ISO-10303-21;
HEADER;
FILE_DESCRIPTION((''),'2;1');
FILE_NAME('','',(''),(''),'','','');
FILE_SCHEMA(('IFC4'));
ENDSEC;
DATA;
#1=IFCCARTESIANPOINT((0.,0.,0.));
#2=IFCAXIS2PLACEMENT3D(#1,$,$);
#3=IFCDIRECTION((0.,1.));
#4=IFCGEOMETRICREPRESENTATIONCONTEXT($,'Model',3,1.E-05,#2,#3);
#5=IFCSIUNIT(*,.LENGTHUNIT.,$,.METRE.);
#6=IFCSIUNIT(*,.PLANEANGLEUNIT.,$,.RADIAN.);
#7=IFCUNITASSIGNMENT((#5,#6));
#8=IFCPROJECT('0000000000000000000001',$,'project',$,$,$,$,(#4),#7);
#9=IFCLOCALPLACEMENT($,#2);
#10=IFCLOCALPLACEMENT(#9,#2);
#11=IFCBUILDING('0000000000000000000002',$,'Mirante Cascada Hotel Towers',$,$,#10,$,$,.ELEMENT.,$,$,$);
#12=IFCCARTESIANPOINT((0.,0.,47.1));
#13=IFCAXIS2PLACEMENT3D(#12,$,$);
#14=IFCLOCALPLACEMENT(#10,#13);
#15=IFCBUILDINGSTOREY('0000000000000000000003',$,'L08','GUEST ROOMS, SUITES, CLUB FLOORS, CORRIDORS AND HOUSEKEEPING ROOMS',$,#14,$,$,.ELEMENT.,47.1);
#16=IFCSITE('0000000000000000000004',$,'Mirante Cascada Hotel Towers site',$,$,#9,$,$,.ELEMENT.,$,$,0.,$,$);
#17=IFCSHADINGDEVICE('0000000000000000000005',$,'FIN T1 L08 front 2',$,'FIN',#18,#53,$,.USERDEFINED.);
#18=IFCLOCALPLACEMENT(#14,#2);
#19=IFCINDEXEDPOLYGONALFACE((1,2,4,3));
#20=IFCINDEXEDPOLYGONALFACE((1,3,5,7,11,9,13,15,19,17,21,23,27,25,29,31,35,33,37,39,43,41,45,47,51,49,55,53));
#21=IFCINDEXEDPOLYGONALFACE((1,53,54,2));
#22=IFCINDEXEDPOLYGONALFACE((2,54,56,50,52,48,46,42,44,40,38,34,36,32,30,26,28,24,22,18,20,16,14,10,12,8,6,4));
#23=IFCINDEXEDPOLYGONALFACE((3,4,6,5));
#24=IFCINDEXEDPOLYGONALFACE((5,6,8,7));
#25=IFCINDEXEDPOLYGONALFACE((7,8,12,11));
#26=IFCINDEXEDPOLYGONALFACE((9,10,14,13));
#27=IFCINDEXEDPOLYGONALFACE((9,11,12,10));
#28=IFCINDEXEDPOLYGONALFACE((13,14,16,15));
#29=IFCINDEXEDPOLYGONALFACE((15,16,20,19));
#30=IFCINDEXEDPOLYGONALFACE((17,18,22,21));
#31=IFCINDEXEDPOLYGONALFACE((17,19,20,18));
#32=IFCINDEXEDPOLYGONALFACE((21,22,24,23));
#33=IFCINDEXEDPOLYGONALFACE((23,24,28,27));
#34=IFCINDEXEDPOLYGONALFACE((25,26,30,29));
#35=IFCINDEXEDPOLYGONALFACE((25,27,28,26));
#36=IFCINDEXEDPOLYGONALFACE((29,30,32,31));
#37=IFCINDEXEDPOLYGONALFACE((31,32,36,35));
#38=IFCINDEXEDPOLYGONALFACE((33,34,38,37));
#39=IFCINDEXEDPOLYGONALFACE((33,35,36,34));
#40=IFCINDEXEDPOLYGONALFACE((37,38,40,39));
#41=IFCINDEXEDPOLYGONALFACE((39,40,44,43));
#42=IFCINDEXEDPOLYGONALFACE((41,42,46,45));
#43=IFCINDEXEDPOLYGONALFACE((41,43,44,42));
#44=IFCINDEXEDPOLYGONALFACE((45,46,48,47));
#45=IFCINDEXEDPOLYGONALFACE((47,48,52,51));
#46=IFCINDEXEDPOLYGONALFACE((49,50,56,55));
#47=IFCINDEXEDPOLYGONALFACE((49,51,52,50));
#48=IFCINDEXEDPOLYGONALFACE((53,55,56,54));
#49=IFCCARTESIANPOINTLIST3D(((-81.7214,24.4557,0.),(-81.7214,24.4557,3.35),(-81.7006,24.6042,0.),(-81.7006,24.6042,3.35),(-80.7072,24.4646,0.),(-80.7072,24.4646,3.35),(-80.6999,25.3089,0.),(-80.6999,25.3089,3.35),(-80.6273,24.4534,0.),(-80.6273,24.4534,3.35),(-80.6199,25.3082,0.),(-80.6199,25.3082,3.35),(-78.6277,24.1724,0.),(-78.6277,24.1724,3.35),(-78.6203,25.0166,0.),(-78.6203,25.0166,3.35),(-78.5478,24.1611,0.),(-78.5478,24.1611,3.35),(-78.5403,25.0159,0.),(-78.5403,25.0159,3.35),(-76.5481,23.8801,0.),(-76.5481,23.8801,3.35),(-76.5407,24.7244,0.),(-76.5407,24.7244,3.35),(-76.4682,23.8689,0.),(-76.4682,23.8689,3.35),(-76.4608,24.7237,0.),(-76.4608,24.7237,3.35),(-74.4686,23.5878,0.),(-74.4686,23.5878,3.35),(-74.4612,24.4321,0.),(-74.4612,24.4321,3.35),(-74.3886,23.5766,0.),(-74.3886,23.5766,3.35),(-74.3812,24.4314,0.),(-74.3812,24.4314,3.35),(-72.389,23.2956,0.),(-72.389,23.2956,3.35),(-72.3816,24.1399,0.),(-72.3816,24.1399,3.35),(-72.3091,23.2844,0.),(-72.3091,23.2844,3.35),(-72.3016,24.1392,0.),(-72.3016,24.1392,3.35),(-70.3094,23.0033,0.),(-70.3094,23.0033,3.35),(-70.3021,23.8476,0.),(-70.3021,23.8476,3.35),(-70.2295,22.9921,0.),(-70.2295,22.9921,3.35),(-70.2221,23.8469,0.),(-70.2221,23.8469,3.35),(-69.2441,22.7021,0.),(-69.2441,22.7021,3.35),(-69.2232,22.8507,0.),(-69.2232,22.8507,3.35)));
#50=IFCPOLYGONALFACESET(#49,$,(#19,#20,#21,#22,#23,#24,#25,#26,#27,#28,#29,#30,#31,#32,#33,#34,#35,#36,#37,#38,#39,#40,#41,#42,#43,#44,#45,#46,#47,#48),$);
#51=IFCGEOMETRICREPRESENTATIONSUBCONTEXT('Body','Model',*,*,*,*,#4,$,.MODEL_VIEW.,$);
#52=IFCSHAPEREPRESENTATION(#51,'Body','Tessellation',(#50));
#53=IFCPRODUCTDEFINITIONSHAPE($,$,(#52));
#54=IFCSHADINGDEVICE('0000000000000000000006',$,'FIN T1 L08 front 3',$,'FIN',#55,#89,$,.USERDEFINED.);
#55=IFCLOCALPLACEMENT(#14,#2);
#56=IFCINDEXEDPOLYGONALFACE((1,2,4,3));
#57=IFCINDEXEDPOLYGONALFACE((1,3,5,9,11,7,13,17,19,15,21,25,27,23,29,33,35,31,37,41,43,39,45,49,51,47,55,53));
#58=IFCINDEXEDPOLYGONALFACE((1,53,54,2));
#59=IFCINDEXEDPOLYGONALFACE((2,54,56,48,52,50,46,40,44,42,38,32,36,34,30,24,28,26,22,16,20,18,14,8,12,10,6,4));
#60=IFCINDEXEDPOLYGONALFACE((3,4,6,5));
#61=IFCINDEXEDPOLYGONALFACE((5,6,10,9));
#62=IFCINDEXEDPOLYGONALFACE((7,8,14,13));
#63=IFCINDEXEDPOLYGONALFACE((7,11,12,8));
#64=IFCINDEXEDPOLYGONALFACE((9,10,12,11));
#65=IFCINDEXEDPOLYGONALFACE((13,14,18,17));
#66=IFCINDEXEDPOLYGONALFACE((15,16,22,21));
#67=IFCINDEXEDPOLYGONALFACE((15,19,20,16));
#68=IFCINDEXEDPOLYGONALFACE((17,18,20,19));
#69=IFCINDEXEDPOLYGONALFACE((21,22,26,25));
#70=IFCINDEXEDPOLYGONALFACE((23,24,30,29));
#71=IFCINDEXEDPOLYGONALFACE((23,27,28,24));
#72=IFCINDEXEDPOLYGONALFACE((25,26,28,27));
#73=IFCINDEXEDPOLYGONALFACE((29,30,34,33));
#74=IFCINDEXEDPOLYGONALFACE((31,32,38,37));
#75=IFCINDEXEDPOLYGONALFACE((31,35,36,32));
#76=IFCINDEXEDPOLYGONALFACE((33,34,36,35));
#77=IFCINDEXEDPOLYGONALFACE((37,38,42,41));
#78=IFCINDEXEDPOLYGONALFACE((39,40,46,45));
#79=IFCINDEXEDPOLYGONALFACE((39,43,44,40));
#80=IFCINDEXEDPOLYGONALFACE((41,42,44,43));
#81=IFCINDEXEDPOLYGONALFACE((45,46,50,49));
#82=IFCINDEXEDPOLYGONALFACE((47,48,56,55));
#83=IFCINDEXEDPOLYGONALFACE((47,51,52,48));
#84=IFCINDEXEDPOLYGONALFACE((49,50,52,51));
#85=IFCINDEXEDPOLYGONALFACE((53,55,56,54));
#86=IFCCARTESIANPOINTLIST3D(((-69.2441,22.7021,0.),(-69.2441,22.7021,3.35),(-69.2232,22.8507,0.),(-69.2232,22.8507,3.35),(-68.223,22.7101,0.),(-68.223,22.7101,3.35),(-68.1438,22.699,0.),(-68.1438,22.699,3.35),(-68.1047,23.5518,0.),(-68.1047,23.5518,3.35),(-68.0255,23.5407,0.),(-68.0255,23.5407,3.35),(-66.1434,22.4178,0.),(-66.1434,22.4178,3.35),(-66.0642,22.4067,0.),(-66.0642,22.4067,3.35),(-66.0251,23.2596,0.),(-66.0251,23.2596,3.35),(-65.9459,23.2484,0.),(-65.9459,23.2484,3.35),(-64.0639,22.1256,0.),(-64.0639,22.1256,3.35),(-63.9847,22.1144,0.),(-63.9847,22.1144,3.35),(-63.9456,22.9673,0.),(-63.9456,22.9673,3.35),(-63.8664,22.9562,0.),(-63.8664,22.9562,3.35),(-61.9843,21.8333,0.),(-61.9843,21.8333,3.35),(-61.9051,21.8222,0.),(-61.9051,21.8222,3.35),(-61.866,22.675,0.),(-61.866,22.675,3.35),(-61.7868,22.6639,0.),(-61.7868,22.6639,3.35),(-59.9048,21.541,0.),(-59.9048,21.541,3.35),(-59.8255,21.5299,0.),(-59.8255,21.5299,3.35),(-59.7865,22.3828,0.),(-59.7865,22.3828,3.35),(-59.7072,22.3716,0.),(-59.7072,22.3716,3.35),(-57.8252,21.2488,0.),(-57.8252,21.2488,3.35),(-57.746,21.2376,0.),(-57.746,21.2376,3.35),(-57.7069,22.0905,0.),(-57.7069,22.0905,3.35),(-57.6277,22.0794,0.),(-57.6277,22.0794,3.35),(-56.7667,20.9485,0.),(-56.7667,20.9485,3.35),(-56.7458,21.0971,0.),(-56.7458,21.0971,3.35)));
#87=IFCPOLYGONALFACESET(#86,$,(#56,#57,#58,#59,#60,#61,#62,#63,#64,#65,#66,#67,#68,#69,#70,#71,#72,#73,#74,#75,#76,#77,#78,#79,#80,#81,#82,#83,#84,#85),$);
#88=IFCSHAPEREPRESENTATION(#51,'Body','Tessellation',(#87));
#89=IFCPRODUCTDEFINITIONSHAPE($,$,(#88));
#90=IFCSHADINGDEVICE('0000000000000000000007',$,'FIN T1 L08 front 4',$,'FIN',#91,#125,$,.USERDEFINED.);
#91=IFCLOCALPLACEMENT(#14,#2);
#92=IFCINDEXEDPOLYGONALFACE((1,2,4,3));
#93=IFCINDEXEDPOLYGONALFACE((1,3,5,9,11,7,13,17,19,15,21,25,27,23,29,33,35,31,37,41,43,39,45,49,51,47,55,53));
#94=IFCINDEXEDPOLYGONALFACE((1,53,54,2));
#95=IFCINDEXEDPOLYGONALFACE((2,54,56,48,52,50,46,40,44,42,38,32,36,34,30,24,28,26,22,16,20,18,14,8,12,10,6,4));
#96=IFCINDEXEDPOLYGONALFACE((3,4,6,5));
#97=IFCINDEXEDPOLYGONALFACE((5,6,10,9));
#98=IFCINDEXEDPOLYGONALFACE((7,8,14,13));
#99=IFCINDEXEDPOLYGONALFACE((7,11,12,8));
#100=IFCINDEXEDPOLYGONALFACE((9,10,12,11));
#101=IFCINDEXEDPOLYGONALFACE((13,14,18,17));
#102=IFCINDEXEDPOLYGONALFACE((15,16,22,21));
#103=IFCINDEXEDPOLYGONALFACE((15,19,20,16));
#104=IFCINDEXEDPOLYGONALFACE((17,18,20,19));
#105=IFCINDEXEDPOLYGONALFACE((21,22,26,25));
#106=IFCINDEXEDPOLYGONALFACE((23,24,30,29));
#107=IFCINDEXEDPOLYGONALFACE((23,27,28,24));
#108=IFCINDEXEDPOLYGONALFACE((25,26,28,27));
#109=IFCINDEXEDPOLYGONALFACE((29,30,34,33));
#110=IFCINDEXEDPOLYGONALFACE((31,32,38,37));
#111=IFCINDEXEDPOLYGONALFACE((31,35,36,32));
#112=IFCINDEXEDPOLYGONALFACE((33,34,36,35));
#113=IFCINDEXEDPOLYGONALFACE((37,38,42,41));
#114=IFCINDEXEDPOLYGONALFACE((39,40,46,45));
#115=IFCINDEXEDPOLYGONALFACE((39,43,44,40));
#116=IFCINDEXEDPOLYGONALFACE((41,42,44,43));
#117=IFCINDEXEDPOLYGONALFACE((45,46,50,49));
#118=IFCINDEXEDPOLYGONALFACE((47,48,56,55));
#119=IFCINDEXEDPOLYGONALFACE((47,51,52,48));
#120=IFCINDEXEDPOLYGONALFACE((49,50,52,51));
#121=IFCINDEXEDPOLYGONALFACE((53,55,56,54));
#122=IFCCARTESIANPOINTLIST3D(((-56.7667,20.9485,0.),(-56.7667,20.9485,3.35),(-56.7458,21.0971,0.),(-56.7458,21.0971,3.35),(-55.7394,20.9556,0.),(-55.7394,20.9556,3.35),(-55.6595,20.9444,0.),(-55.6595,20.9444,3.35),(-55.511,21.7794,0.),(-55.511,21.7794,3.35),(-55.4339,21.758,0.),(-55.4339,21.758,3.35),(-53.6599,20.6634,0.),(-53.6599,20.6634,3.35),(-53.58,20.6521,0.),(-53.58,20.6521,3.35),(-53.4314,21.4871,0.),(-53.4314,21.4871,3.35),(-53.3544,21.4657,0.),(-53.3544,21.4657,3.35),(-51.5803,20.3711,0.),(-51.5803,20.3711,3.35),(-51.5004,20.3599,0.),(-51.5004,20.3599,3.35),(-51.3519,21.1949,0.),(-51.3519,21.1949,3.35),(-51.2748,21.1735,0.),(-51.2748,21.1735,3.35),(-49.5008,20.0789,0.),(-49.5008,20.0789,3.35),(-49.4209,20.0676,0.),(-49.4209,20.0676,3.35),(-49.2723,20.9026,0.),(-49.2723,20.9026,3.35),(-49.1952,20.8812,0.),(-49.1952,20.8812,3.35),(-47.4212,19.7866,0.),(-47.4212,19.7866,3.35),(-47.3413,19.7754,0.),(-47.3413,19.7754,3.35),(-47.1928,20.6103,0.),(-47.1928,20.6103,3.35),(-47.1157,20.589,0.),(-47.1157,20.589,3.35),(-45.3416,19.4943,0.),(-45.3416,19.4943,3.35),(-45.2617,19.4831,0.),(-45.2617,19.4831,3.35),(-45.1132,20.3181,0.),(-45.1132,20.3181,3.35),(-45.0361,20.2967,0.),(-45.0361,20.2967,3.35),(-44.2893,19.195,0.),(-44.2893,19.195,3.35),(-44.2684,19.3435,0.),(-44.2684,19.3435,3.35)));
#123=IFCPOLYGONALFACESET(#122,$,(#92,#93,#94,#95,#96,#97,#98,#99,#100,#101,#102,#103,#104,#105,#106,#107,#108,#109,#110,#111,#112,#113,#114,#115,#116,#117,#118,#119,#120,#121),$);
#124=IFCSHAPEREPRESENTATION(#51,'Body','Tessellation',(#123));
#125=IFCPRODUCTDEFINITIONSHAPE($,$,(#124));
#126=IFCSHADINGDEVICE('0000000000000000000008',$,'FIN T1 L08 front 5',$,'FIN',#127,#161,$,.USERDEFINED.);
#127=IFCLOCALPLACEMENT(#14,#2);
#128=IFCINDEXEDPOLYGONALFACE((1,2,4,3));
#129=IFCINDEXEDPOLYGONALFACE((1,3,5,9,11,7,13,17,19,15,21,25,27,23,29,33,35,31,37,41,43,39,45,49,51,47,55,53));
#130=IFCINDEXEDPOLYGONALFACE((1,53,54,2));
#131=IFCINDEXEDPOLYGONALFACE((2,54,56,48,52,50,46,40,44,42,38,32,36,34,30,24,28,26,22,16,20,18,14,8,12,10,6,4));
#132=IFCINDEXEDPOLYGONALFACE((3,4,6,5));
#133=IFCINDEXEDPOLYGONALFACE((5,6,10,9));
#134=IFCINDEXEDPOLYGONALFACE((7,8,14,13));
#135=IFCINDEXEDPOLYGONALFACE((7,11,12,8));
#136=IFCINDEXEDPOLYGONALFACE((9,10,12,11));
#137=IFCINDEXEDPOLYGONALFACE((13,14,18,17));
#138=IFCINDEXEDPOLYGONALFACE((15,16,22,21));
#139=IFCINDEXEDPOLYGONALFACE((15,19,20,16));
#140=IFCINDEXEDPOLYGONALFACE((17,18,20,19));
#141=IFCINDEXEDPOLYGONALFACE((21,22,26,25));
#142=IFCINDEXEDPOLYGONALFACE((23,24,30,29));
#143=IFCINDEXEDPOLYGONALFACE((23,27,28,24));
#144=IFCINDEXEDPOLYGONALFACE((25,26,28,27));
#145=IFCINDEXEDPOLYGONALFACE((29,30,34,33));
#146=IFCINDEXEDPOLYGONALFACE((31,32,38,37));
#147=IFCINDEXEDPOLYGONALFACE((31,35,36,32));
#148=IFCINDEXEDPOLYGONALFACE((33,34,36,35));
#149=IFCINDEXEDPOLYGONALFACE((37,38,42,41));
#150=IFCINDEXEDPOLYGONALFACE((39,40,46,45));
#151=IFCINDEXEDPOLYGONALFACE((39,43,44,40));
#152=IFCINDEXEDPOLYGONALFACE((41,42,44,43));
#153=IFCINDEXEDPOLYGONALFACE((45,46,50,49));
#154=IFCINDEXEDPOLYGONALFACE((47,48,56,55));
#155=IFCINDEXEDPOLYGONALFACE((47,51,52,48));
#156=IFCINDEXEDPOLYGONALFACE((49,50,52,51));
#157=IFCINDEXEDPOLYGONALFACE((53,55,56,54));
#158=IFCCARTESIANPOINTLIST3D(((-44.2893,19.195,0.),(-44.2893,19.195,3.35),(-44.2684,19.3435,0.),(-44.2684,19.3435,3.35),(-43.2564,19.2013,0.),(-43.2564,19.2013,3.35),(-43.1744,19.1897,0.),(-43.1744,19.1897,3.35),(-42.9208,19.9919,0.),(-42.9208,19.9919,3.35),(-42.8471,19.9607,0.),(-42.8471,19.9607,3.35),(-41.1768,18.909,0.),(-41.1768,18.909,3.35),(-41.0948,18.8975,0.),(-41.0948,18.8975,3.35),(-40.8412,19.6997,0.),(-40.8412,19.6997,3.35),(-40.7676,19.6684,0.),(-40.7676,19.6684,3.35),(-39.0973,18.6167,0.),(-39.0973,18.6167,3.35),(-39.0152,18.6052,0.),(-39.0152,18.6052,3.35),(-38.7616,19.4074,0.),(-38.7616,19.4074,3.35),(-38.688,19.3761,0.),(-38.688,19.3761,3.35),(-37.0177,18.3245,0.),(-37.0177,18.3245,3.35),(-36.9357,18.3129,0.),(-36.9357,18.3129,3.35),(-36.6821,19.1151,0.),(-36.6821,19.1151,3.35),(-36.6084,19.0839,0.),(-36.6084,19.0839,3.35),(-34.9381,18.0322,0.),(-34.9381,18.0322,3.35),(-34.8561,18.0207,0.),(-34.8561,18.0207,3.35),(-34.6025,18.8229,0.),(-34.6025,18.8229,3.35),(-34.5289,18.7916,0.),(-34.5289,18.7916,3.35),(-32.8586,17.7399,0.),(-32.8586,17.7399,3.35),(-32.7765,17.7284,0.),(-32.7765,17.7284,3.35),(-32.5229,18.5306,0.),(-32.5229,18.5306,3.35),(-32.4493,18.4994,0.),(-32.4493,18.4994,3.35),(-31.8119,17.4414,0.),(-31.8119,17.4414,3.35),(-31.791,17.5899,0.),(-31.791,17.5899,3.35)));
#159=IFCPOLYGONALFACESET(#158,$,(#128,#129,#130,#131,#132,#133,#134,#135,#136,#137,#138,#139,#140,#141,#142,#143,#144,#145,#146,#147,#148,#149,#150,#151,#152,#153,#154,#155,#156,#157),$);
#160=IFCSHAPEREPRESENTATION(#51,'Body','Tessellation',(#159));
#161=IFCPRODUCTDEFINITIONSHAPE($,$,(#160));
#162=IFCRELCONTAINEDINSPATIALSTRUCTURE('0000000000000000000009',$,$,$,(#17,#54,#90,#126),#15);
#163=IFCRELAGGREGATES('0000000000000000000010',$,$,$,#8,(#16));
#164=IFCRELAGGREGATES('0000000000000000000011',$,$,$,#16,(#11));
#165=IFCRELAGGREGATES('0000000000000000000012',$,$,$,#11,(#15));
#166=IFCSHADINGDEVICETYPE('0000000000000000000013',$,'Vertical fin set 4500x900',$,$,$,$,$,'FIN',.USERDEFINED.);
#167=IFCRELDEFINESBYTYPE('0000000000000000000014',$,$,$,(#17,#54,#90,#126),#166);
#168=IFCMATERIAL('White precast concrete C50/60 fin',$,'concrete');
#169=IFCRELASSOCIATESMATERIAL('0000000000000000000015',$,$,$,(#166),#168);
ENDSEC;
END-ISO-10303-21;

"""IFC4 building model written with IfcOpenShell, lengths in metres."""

from ifc_helpers import new_model, si_unit, direction, frame, origin, place, context, subcontext, project, spatial, polyline, outline, extrude, material, type_object, element, save


model = new_model("IFC4")

# Units and contexts
model_context = context("Model", 3, precision=1e-05, world=origin(), true_north=direction((0.0, 1.0)))
body_context = subcontext(model_context, "Body", "Model", "MODEL_VIEW")
ifc_project = project(units=[si_unit("LENGTHUNIT", "METRE"), si_unit("PLANEANGLEUNIT", "RADIAN")], contexts=[model_context])

# Site, building, storey
site_placement = place(None, origin())
site = spatial("IfcSite", under=ifc_project, at=site_placement, Name="Mirante Cascada Hotel Towers site", CompositionType="ELEMENT", RefElevation=0.0)
building_placement = place(site_placement, origin())
building = spatial("IfcBuilding", under=site, at=building_placement, Name="Mirante Cascada Hotel Towers", CompositionType="ELEMENT")
storey_placement = place(building_placement, frame((0.0, 0.0, 47.1)))
storey = spatial("IfcBuildingStorey", under=building, at=storey_placement, Name="L08", Description="GUEST ROOMS, SUITES, CLUB FLOORS, CORRIDORS AND HOUSEKEEPING ROOMS", CompositionType="ELEMENT", Elevation=47.1)

# Shading devices
ifc_material_1 = material(Name="White precast concrete C50/60 fin", Category="concrete")
shading_device_type = type_object("IfcShadingDeviceType", Name="Vertical fin set 4500x900", ElementType="FIN", PredefinedType="USERDEFINED", material=ifc_material_1)
shading_device_1_placement = place(storey_placement, origin())
element("IfcShadingDevice", 1, at=shading_device_1_placement, inside=storey, type_object=shading_device_type, Name="FIN T1 L08 front 2", ObjectType="FIN", PredefinedType="USERDEFINED", context=body_context, shape_type="SweptSolid", body=[
    extrude(outline(polyline([(-70.2221, 23.8469), (-70.2295, 22.9921), (-69.2232, 22.8507), (-69.2441, 22.7021), (-81.7214, 24.4557), (-81.7006, 24.6042), (-80.7072, 24.4646), (-80.6999, 25.3089), (-80.6199, 25.3082), (-80.6273, 24.4534), (-78.6277, 24.1724), (-78.6203, 25.0166), (-78.5403, 25.0159), (-78.5478, 24.1611), (-76.5481, 23.8801), (-76.5407, 24.7244), (-76.4608, 24.7237), (-76.4682, 23.8689), (-74.4686, 23.5878), (-74.4612, 24.4321), (-74.3812, 24.4314), (-74.3886, 23.5766), (-72.389, 23.2956), (-72.3816, 24.1399), (-72.3016, 24.1392), (-72.3091, 23.2844), (-70.3094, 23.0033), (-70.3021, 23.8476), (-70.2221, 23.8469)])), origin(), (0.0, 0.0, 1.0), 3.35),
])
shading_device_2_placement = place(storey_placement, origin())
element("IfcShadingDevice", 2, at=shading_device_2_placement, inside=storey, type_object=shading_device_type, Name="FIN T1 L08 front 3", ObjectType="FIN", PredefinedType="USERDEFINED", context=body_context, shape_type="SweptSolid", body=[
    extrude(outline(polyline([(-57.6277, 22.0794), (-57.746, 21.2376), (-56.7458, 21.0971), (-56.7667, 20.9485), (-69.2441, 22.7021), (-69.2232, 22.8507), (-68.223, 22.7101), (-68.1047, 23.5518), (-68.0255, 23.5407), (-68.1438, 22.699), (-66.1434, 22.4178), (-66.0251, 23.2596), (-65.9459, 23.2484), (-66.0642, 22.4067), (-64.0639, 22.1256), (-63.9456, 22.9673), (-63.8664, 22.9562), (-63.9847, 22.1144), (-61.9843, 21.8333), (-61.866, 22.675), (-61.7868, 22.6639), (-61.9051, 21.8222), (-59.9048, 21.541), (-59.7865, 22.3828), (-59.7072, 22.3716), (-59.8255, 21.5299), (-57.8252, 21.2488), (-57.7069, 22.0905), (-57.6277, 22.0794)])), origin(), (0.0, 0.0, 1.0), 3.35),
])
shading_device_3_placement = place(storey_placement, origin())
element("IfcShadingDevice", 3, at=shading_device_3_placement, inside=storey, type_object=shading_device_type, Name="FIN T1 L08 front 4", ObjectType="FIN", PredefinedType="USERDEFINED", context=body_context, shape_type="SweptSolid", body=[
    extrude(outline(polyline([(-45.0361, 20.2967), (-45.2617, 19.4831), (-44.2684, 19.3435), (-44.2893, 19.195), (-56.7667, 20.9485), (-56.7458, 21.0971), (-55.7394, 20.9556), (-55.511, 21.7794), (-55.4339, 21.758), (-55.6595, 20.9444), (-53.6599, 20.6634), (-53.4314, 21.4871), (-53.3544, 21.4657), (-53.58, 20.6521), (-51.5803, 20.3711), (-51.3519, 21.1949), (-51.2748, 21.1735), (-51.5004, 20.3599), (-49.5008, 20.0789), (-49.2723, 20.9026), (-49.1952, 20.8812), (-49.4209, 20.0676), (-47.4212, 19.7866), (-47.1928, 20.6103), (-47.1157, 20.589), (-47.3413, 19.7754), (-45.3416, 19.4943), (-45.1132, 20.3181), (-45.0361, 20.2967)])), origin(), (0.0, 0.0, 1.0), 3.35),
])
shading_device_4_placement = place(storey_placement, origin())
element("IfcShadingDevice", 4, at=shading_device_4_placement, inside=storey, type_object=shading_device_type, Name="FIN T1 L08 front 5", ObjectType="FIN", PredefinedType="USERDEFINED", context=body_context, shape_type="SweptSolid", body=[
    extrude(outline(polyline([(-32.4493, 18.4994), (-32.7765, 17.7284), (-31.791, 17.5899), (-31.8119, 17.4414), (-44.2893, 19.195), (-44.2684, 19.3435), (-43.2564, 19.2013), (-42.9208, 19.9919), (-42.8471, 19.9607), (-43.1744, 19.1897), (-41.1768, 18.909), (-40.8412, 19.6997), (-40.7676, 19.6684), (-41.0948, 18.8975), (-39.0973, 18.6167), (-38.7616, 19.4074), (-38.688, 19.3761), (-39.0152, 18.6052), (-37.0177, 18.3245), (-36.6821, 19.1151), (-36.6084, 19.0839), (-36.9357, 18.3129), (-34.9381, 18.0322), (-34.6025, 18.8229), (-34.5289, 18.7916), (-34.8561, 18.0207), (-32.8586, 17.7399), (-32.5229, 18.5306), (-32.4493, 18.4994)])), origin(), (0.0, 0.0, 1.0), 3.35),
])

save(model, "model.ifc")
